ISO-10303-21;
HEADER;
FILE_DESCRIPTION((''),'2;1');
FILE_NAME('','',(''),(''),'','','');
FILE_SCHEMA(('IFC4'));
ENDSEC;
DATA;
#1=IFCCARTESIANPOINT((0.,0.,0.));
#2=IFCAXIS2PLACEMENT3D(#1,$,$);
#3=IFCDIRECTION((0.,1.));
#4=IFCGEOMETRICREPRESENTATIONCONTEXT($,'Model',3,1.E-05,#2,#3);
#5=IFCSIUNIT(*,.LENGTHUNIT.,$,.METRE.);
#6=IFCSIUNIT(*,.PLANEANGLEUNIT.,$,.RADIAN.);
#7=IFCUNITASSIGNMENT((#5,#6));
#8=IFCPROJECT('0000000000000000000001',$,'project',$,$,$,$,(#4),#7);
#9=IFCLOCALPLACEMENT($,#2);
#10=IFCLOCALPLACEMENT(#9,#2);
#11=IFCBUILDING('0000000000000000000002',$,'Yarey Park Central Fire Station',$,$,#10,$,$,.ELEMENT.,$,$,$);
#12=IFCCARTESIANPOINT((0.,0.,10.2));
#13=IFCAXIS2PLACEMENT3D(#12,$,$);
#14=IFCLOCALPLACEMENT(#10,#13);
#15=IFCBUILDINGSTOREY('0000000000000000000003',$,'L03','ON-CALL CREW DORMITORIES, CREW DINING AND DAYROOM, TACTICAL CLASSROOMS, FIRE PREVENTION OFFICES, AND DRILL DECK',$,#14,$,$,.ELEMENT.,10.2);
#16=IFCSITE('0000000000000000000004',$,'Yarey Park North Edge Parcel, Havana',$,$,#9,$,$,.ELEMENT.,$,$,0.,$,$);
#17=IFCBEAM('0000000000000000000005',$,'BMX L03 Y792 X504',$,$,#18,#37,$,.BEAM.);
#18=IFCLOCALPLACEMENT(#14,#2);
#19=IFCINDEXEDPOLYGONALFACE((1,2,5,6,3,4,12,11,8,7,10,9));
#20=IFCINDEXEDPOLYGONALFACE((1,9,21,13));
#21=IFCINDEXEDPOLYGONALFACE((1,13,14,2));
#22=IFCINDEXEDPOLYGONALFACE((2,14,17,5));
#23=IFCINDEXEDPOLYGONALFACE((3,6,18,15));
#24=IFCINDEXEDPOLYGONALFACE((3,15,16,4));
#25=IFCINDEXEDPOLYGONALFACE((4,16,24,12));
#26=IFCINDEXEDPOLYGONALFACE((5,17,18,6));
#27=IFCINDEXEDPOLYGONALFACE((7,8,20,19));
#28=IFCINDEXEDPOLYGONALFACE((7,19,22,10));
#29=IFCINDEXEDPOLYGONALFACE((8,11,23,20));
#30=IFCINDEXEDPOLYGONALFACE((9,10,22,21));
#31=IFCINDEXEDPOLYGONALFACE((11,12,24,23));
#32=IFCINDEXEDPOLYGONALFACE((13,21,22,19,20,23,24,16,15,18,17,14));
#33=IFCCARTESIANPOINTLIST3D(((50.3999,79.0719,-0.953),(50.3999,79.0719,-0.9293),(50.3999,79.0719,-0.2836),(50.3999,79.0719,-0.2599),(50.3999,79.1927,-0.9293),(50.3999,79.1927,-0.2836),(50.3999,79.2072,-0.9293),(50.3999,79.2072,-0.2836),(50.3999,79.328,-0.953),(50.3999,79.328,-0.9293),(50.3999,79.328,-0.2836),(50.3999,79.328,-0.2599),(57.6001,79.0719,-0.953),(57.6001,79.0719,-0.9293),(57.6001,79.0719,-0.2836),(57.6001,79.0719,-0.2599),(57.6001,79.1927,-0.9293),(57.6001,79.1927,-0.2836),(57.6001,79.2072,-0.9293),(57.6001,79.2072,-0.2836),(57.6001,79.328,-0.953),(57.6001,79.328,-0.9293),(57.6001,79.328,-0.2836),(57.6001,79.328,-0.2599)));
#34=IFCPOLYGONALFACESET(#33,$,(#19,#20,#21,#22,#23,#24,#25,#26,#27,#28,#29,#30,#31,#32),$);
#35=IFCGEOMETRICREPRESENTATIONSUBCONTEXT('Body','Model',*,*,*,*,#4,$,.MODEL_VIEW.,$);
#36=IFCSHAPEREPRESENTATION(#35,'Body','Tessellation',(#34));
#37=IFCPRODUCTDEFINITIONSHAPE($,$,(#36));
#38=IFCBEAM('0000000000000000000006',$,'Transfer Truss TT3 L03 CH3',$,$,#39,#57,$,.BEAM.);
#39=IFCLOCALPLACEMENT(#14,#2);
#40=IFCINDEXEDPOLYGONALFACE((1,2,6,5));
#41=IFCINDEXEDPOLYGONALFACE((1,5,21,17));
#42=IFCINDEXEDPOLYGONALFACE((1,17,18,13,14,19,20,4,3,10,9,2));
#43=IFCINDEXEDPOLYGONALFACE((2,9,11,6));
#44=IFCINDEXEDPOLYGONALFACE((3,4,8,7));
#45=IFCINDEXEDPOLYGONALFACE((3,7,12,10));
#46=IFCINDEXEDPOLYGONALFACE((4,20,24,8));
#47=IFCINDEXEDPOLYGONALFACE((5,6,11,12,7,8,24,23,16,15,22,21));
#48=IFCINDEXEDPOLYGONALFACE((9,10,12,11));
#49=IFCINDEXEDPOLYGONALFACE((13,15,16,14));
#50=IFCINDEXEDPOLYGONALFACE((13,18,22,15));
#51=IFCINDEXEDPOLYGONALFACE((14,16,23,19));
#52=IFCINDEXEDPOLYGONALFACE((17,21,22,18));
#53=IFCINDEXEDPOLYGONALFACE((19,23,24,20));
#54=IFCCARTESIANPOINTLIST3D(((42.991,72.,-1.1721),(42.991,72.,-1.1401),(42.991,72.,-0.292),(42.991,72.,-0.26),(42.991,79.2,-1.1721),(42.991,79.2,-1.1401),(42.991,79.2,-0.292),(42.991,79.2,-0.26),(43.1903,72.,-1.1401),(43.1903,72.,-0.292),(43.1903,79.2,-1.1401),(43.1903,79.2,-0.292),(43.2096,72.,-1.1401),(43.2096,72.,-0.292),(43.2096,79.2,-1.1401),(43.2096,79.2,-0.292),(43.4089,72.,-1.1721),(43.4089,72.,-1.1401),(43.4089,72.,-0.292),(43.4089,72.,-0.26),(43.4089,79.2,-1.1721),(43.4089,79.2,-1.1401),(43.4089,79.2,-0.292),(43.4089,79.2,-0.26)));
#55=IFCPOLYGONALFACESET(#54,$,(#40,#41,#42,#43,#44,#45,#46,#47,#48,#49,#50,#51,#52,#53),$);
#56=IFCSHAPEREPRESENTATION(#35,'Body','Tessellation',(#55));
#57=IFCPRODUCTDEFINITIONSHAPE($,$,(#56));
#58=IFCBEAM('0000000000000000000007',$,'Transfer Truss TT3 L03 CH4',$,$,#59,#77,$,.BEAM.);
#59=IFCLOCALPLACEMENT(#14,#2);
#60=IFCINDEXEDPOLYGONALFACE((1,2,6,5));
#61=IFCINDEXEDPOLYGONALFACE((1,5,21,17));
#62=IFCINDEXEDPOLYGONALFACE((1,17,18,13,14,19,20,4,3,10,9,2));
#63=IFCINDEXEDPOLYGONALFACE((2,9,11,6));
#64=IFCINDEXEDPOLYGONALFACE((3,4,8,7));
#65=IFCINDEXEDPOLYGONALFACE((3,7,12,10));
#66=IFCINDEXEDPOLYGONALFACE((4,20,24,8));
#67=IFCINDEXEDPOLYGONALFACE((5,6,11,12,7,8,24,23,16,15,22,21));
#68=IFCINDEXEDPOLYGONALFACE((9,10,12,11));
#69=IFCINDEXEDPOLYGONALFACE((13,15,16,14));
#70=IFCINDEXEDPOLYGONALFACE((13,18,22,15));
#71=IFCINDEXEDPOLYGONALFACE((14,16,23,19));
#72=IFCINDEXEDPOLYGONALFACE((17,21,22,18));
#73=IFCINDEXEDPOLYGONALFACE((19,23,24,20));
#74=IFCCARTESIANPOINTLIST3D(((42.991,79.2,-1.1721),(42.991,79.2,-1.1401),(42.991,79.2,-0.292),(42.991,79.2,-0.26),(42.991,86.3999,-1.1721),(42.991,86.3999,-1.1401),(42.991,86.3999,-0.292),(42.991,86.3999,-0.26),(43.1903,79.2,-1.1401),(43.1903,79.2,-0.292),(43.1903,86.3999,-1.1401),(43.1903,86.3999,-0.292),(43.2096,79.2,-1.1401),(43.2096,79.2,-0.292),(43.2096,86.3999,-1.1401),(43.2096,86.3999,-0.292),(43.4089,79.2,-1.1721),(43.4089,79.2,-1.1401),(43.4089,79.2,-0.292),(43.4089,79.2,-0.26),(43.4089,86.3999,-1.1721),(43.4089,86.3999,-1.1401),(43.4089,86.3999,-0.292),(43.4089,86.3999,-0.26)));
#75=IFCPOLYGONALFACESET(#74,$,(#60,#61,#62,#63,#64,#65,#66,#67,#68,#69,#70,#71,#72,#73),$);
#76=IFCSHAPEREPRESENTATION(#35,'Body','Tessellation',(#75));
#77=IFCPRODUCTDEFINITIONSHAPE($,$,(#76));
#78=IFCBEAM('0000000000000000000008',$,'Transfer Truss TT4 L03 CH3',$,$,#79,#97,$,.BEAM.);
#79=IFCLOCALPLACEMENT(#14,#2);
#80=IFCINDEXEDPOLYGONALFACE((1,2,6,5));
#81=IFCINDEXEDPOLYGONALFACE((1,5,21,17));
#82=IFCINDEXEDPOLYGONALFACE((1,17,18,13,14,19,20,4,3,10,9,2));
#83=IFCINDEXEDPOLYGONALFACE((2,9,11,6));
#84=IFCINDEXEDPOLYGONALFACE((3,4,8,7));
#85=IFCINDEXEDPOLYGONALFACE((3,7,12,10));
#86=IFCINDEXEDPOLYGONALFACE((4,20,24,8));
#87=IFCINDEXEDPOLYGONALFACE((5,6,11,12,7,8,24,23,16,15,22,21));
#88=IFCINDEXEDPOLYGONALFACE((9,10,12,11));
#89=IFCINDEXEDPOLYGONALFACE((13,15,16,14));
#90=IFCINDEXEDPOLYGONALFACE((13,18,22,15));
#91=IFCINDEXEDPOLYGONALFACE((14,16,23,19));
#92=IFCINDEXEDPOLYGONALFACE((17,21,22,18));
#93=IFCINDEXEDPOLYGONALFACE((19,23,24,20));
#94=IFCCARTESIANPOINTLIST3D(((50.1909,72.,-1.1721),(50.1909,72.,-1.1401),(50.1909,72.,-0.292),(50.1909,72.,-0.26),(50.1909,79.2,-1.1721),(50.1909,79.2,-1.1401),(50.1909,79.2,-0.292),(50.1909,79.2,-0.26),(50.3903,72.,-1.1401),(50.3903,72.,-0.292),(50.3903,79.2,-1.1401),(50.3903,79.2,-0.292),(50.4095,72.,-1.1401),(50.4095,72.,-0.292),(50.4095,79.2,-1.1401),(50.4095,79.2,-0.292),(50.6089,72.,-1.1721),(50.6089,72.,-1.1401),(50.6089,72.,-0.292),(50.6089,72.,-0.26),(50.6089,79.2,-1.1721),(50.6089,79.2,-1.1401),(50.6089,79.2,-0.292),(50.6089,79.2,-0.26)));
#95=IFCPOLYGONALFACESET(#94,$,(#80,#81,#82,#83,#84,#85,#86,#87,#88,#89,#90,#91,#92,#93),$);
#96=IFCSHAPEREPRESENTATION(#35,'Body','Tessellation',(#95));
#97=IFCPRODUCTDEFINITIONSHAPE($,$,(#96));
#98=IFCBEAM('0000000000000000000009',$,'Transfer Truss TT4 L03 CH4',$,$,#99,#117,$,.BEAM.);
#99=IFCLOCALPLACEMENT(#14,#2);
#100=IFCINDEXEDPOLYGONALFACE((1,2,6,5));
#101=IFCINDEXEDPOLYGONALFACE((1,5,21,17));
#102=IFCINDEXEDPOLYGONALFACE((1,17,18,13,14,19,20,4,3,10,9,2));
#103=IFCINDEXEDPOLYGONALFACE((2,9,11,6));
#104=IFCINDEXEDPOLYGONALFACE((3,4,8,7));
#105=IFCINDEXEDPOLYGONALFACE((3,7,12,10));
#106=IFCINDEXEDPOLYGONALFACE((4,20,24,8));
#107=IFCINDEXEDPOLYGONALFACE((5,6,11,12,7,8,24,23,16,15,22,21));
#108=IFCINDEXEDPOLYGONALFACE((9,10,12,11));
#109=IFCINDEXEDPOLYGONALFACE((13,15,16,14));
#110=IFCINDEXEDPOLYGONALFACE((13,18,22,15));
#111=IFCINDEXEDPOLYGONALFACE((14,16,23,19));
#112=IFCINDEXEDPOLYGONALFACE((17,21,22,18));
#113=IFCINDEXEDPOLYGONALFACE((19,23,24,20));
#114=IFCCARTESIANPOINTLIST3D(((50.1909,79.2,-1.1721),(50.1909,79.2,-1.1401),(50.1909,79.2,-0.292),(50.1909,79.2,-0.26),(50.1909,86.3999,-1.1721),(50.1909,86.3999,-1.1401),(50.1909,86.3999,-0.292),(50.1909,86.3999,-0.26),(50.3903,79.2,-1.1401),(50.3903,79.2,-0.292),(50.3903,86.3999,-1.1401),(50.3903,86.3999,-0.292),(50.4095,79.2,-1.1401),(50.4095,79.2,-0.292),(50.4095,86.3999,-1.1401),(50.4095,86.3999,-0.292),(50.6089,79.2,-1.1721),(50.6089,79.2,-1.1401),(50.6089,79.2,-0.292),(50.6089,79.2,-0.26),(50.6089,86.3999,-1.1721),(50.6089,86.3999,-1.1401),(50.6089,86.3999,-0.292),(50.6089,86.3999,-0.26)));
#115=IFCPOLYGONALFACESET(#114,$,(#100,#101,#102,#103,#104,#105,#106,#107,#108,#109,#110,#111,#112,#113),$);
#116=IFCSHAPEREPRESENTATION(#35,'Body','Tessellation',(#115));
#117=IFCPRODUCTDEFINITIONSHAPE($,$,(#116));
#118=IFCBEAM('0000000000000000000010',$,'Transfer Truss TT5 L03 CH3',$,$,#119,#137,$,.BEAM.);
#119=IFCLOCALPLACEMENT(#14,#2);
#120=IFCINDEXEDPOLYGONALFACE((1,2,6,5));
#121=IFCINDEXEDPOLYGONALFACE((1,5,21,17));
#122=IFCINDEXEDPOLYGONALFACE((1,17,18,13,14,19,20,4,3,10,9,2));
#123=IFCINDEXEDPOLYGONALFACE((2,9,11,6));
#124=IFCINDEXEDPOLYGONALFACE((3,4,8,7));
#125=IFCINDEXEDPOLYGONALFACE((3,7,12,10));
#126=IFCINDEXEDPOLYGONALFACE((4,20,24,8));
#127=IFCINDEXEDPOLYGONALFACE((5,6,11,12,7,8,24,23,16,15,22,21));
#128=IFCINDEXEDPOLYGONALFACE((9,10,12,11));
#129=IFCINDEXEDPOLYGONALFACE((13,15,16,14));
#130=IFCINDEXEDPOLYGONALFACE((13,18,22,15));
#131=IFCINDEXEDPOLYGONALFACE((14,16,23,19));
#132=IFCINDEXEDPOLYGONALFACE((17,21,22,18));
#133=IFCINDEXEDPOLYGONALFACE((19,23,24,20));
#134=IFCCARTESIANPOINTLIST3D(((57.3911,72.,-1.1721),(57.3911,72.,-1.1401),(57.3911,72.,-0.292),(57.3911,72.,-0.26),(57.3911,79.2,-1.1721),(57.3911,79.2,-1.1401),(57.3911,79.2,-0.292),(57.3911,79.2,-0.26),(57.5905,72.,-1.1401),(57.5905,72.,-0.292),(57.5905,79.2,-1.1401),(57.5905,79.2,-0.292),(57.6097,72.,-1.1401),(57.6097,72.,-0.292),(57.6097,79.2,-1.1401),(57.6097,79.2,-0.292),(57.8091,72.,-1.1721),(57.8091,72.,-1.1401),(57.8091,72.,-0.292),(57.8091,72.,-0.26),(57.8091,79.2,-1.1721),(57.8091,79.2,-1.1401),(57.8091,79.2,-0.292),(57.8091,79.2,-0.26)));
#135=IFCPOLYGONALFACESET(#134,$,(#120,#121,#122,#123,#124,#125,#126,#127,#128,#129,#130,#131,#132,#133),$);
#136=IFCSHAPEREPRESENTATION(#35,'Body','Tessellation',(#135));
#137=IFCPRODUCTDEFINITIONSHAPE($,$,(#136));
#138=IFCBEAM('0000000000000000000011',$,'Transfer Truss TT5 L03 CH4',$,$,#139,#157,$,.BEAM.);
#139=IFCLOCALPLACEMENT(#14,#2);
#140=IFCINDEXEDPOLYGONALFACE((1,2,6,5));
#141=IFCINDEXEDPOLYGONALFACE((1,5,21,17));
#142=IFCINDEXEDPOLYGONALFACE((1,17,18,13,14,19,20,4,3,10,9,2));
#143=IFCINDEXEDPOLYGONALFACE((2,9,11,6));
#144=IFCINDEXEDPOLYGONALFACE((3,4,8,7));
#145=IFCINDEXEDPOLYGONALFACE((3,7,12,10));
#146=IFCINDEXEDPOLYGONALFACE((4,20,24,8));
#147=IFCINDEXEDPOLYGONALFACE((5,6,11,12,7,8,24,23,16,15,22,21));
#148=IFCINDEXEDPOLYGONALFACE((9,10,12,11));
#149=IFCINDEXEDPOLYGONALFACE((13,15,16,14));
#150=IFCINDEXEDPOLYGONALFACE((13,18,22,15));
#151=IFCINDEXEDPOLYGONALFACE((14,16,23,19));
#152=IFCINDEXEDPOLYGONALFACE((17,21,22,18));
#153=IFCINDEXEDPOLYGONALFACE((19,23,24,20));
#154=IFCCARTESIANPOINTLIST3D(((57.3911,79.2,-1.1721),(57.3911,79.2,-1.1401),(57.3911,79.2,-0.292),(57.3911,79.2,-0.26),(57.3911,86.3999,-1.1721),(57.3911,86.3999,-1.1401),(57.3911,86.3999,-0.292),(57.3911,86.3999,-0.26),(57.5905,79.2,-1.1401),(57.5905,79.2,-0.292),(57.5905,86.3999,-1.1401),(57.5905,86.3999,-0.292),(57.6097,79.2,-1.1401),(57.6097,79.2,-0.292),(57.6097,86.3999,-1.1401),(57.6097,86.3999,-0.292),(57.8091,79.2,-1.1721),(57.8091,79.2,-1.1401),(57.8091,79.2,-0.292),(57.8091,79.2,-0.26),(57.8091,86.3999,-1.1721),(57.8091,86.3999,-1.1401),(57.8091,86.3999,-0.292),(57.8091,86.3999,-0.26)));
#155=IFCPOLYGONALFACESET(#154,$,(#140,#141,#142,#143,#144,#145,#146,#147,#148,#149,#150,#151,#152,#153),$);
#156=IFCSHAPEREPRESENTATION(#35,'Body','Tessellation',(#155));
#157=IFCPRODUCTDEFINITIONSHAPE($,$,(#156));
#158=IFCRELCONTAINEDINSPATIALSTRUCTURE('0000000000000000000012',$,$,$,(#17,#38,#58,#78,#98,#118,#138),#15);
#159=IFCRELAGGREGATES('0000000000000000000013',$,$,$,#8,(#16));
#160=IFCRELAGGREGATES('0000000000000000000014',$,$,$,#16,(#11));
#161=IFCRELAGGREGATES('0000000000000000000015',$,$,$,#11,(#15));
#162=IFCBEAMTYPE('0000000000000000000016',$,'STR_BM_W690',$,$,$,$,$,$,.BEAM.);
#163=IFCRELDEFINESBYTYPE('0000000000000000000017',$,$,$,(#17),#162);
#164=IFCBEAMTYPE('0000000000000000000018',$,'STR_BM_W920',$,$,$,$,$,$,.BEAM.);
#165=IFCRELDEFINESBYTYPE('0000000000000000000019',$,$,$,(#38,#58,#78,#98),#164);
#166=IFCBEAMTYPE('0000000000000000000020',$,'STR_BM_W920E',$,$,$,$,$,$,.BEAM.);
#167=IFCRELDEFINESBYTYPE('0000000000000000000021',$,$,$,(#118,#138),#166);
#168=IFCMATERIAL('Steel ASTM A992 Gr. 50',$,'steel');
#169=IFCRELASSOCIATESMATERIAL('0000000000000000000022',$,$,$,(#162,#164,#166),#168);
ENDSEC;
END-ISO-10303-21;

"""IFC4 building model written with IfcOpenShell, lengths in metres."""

from ifc_helpers import new_model, si_unit, direction, frame, origin, origin_2d, place, context, subcontext, project, spatial, i_section, extrude, material, material_profile, profile_set, type_object, element, save


model = new_model("IFC4")

# Units and contexts
model_context = context("Model", 3, precision=1e-05, world=origin(), true_north=direction((0.0, 1.0)))
body_context = subcontext(model_context, "Body", "Model", "MODEL_VIEW")
ifc_project = project(units=[si_unit("LENGTHUNIT", "METRE"), si_unit("PLANEANGLEUNIT", "RADIAN")], contexts=[model_context])

# Site, building, storey
site_placement = place(None, origin())
site = spatial("IfcSite", under=ifc_project, at=site_placement, Name="Yarey Park North Edge Parcel, Havana", CompositionType="ELEMENT", RefElevation=0.0)
building_placement = place(site_placement, origin())
building = spatial("IfcBuilding", under=site, at=building_placement, Name="Yarey Park Central Fire Station", CompositionType="ELEMENT")
storey_placement = place(building_placement, frame((0.0, 0.0, 10.2)))
storey = spatial("IfcBuildingStorey", under=building, at=storey_placement, Name="L03", Description="ON-CALL CREW DORMITORIES, CREW DINING AND DAYROOM, TACTICAL CLASSROOMS, FIRE PREVENTION OFFICES, AND DRILL DECK", CompositionType="ELEMENT", Elevation=10.2)

# Shared definitions
ifc_material_1 = material(Name="Steel ASTM A992 Gr. 50", Category="steel")

# Beams
ifc_material_profile_1 = material_profile(ifc_material_1, i_section(OverallWidth=0.2561, OverallDepth=0.6931, WebThickness=0.0144, FlangeThickness=0.0237, at=origin_2d()), Name="W690x170")
ifc_profile_set_1 = profile_set([ifc_material_profile_1], Name="Steel ASTM A992 Gr. 50")
beam_type_1 = type_object("IfcBeamType", Name="STR_BM_W690", PredefinedType="BEAM", material=ifc_profile_set_1)
beam_1_placement = place(storey_placement, frame((50.3999, 79.2, -0.6064), z_axis=(1.0, 0.0, 0.0), x_axis=(0.0, 1.0, 0.0)))
element("IfcBeam", 1, at=beam_1_placement, inside=storey, type_object=beam_type_1, Name="BMX L03 Y792 X504", PredefinedType="BEAM", context=body_context, shape_type="SweptSolid", body=[
    extrude(i_section(OverallWidth=0.2561, OverallDepth=0.6931, WebThickness=0.0144, FlangeThickness=0.0237, at=origin_2d()), origin(), (0.0, 0.0, 1.0), 7.2002),
])
ifc_material_profile_2 = material_profile(ifc_material_1, i_section(OverallWidth=0.418, OverallDepth=0.9121, WebThickness=0.0193, FlangeThickness=0.032, at=origin_2d()), Name="W920x342")
ifc_profile_set_2 = profile_set([ifc_material_profile_2], Name="Steel ASTM A992 Gr. 50")
beam_type_2 = type_object("IfcBeamType", Name="STR_BM_W920", PredefinedType="BEAM", material=ifc_profile_set_2)
for number, where, z_axis, x_axis, name in (
    (2, (43.2, 72.0, -0.7161), (0.0, 1.0, 0.0), (-1.0, 0.0, 0.0), "Transfer Truss TT3 L03 CH3"),
    (3, (43.2, 79.2, -0.7161), (0.0, 1.0, 0.0), (-1.0, 0.0, 0.0), "Transfer Truss TT3 L03 CH4"),
    (4, (50.3999, 72.0, -0.7161), (0.0, 1.0, 0.0), (-1.0, 0.0, 0.0), "Transfer Truss TT4 L03 CH3"),
    (5, (50.3999, 79.2, -0.7161), (0.0, 1.0, 0.0), (-1.0, 0.0, 0.0), "Transfer Truss TT4 L03 CH4"),
):
    element("IfcBeam", number, at=place(storey_placement, frame(where, z_axis=z_axis, x_axis=x_axis)), inside=storey, type_object=beam_type_2, Name=name, PredefinedType="BEAM", context=body_context, shape_type="SweptSolid", body=[
        extrude(i_section(OverallWidth=0.418, OverallDepth=0.9121, WebThickness=0.0193, FlangeThickness=0.032, at=origin_2d()), origin(), (0.0, 0.0, 1.0), 7.2),
    ])
ifc_material_profile_3 = material_profile(ifc_material_1, i_section(OverallWidth=0.418, OverallDepth=0.9121, WebThickness=0.0193, FlangeThickness=0.032, at=origin_2d()), Name="W920x342")
ifc_profile_set_3 = profile_set([ifc_material_profile_3], Name="Steel ASTM A992 Gr. 50")
beam_type_3 = type_object("IfcBeamType", Name="STR_BM_W920E", PredefinedType="BEAM", material=ifc_profile_set_3)
for number, where, z_axis, x_axis, name in (
    (6, (57.6001, 72.0, -0.7161), (0.0, 1.0, 0.0), (-1.0, 0.0, 0.0), "Transfer Truss TT5 L03 CH3"),
    (7, (57.6001, 79.2, -0.7161), (0.0, 1.0, 0.0), (-1.0, 0.0, 0.0), "Transfer Truss TT5 L03 CH4"),
):
    element("IfcBeam", number, at=place(storey_placement, frame(where, z_axis=z_axis, x_axis=x_axis)), inside=storey, type_object=beam_type_3, Name=name, PredefinedType="BEAM", context=body_context, shape_type="SweptSolid", body=[
        extrude(i_section(OverallWidth=0.418, OverallDepth=0.9121, WebThickness=0.0193, FlangeThickness=0.032, at=origin_2d()), origin(), (0.0, 0.0, 1.0), 7.2),
    ])

save(model, "model.ifc")
